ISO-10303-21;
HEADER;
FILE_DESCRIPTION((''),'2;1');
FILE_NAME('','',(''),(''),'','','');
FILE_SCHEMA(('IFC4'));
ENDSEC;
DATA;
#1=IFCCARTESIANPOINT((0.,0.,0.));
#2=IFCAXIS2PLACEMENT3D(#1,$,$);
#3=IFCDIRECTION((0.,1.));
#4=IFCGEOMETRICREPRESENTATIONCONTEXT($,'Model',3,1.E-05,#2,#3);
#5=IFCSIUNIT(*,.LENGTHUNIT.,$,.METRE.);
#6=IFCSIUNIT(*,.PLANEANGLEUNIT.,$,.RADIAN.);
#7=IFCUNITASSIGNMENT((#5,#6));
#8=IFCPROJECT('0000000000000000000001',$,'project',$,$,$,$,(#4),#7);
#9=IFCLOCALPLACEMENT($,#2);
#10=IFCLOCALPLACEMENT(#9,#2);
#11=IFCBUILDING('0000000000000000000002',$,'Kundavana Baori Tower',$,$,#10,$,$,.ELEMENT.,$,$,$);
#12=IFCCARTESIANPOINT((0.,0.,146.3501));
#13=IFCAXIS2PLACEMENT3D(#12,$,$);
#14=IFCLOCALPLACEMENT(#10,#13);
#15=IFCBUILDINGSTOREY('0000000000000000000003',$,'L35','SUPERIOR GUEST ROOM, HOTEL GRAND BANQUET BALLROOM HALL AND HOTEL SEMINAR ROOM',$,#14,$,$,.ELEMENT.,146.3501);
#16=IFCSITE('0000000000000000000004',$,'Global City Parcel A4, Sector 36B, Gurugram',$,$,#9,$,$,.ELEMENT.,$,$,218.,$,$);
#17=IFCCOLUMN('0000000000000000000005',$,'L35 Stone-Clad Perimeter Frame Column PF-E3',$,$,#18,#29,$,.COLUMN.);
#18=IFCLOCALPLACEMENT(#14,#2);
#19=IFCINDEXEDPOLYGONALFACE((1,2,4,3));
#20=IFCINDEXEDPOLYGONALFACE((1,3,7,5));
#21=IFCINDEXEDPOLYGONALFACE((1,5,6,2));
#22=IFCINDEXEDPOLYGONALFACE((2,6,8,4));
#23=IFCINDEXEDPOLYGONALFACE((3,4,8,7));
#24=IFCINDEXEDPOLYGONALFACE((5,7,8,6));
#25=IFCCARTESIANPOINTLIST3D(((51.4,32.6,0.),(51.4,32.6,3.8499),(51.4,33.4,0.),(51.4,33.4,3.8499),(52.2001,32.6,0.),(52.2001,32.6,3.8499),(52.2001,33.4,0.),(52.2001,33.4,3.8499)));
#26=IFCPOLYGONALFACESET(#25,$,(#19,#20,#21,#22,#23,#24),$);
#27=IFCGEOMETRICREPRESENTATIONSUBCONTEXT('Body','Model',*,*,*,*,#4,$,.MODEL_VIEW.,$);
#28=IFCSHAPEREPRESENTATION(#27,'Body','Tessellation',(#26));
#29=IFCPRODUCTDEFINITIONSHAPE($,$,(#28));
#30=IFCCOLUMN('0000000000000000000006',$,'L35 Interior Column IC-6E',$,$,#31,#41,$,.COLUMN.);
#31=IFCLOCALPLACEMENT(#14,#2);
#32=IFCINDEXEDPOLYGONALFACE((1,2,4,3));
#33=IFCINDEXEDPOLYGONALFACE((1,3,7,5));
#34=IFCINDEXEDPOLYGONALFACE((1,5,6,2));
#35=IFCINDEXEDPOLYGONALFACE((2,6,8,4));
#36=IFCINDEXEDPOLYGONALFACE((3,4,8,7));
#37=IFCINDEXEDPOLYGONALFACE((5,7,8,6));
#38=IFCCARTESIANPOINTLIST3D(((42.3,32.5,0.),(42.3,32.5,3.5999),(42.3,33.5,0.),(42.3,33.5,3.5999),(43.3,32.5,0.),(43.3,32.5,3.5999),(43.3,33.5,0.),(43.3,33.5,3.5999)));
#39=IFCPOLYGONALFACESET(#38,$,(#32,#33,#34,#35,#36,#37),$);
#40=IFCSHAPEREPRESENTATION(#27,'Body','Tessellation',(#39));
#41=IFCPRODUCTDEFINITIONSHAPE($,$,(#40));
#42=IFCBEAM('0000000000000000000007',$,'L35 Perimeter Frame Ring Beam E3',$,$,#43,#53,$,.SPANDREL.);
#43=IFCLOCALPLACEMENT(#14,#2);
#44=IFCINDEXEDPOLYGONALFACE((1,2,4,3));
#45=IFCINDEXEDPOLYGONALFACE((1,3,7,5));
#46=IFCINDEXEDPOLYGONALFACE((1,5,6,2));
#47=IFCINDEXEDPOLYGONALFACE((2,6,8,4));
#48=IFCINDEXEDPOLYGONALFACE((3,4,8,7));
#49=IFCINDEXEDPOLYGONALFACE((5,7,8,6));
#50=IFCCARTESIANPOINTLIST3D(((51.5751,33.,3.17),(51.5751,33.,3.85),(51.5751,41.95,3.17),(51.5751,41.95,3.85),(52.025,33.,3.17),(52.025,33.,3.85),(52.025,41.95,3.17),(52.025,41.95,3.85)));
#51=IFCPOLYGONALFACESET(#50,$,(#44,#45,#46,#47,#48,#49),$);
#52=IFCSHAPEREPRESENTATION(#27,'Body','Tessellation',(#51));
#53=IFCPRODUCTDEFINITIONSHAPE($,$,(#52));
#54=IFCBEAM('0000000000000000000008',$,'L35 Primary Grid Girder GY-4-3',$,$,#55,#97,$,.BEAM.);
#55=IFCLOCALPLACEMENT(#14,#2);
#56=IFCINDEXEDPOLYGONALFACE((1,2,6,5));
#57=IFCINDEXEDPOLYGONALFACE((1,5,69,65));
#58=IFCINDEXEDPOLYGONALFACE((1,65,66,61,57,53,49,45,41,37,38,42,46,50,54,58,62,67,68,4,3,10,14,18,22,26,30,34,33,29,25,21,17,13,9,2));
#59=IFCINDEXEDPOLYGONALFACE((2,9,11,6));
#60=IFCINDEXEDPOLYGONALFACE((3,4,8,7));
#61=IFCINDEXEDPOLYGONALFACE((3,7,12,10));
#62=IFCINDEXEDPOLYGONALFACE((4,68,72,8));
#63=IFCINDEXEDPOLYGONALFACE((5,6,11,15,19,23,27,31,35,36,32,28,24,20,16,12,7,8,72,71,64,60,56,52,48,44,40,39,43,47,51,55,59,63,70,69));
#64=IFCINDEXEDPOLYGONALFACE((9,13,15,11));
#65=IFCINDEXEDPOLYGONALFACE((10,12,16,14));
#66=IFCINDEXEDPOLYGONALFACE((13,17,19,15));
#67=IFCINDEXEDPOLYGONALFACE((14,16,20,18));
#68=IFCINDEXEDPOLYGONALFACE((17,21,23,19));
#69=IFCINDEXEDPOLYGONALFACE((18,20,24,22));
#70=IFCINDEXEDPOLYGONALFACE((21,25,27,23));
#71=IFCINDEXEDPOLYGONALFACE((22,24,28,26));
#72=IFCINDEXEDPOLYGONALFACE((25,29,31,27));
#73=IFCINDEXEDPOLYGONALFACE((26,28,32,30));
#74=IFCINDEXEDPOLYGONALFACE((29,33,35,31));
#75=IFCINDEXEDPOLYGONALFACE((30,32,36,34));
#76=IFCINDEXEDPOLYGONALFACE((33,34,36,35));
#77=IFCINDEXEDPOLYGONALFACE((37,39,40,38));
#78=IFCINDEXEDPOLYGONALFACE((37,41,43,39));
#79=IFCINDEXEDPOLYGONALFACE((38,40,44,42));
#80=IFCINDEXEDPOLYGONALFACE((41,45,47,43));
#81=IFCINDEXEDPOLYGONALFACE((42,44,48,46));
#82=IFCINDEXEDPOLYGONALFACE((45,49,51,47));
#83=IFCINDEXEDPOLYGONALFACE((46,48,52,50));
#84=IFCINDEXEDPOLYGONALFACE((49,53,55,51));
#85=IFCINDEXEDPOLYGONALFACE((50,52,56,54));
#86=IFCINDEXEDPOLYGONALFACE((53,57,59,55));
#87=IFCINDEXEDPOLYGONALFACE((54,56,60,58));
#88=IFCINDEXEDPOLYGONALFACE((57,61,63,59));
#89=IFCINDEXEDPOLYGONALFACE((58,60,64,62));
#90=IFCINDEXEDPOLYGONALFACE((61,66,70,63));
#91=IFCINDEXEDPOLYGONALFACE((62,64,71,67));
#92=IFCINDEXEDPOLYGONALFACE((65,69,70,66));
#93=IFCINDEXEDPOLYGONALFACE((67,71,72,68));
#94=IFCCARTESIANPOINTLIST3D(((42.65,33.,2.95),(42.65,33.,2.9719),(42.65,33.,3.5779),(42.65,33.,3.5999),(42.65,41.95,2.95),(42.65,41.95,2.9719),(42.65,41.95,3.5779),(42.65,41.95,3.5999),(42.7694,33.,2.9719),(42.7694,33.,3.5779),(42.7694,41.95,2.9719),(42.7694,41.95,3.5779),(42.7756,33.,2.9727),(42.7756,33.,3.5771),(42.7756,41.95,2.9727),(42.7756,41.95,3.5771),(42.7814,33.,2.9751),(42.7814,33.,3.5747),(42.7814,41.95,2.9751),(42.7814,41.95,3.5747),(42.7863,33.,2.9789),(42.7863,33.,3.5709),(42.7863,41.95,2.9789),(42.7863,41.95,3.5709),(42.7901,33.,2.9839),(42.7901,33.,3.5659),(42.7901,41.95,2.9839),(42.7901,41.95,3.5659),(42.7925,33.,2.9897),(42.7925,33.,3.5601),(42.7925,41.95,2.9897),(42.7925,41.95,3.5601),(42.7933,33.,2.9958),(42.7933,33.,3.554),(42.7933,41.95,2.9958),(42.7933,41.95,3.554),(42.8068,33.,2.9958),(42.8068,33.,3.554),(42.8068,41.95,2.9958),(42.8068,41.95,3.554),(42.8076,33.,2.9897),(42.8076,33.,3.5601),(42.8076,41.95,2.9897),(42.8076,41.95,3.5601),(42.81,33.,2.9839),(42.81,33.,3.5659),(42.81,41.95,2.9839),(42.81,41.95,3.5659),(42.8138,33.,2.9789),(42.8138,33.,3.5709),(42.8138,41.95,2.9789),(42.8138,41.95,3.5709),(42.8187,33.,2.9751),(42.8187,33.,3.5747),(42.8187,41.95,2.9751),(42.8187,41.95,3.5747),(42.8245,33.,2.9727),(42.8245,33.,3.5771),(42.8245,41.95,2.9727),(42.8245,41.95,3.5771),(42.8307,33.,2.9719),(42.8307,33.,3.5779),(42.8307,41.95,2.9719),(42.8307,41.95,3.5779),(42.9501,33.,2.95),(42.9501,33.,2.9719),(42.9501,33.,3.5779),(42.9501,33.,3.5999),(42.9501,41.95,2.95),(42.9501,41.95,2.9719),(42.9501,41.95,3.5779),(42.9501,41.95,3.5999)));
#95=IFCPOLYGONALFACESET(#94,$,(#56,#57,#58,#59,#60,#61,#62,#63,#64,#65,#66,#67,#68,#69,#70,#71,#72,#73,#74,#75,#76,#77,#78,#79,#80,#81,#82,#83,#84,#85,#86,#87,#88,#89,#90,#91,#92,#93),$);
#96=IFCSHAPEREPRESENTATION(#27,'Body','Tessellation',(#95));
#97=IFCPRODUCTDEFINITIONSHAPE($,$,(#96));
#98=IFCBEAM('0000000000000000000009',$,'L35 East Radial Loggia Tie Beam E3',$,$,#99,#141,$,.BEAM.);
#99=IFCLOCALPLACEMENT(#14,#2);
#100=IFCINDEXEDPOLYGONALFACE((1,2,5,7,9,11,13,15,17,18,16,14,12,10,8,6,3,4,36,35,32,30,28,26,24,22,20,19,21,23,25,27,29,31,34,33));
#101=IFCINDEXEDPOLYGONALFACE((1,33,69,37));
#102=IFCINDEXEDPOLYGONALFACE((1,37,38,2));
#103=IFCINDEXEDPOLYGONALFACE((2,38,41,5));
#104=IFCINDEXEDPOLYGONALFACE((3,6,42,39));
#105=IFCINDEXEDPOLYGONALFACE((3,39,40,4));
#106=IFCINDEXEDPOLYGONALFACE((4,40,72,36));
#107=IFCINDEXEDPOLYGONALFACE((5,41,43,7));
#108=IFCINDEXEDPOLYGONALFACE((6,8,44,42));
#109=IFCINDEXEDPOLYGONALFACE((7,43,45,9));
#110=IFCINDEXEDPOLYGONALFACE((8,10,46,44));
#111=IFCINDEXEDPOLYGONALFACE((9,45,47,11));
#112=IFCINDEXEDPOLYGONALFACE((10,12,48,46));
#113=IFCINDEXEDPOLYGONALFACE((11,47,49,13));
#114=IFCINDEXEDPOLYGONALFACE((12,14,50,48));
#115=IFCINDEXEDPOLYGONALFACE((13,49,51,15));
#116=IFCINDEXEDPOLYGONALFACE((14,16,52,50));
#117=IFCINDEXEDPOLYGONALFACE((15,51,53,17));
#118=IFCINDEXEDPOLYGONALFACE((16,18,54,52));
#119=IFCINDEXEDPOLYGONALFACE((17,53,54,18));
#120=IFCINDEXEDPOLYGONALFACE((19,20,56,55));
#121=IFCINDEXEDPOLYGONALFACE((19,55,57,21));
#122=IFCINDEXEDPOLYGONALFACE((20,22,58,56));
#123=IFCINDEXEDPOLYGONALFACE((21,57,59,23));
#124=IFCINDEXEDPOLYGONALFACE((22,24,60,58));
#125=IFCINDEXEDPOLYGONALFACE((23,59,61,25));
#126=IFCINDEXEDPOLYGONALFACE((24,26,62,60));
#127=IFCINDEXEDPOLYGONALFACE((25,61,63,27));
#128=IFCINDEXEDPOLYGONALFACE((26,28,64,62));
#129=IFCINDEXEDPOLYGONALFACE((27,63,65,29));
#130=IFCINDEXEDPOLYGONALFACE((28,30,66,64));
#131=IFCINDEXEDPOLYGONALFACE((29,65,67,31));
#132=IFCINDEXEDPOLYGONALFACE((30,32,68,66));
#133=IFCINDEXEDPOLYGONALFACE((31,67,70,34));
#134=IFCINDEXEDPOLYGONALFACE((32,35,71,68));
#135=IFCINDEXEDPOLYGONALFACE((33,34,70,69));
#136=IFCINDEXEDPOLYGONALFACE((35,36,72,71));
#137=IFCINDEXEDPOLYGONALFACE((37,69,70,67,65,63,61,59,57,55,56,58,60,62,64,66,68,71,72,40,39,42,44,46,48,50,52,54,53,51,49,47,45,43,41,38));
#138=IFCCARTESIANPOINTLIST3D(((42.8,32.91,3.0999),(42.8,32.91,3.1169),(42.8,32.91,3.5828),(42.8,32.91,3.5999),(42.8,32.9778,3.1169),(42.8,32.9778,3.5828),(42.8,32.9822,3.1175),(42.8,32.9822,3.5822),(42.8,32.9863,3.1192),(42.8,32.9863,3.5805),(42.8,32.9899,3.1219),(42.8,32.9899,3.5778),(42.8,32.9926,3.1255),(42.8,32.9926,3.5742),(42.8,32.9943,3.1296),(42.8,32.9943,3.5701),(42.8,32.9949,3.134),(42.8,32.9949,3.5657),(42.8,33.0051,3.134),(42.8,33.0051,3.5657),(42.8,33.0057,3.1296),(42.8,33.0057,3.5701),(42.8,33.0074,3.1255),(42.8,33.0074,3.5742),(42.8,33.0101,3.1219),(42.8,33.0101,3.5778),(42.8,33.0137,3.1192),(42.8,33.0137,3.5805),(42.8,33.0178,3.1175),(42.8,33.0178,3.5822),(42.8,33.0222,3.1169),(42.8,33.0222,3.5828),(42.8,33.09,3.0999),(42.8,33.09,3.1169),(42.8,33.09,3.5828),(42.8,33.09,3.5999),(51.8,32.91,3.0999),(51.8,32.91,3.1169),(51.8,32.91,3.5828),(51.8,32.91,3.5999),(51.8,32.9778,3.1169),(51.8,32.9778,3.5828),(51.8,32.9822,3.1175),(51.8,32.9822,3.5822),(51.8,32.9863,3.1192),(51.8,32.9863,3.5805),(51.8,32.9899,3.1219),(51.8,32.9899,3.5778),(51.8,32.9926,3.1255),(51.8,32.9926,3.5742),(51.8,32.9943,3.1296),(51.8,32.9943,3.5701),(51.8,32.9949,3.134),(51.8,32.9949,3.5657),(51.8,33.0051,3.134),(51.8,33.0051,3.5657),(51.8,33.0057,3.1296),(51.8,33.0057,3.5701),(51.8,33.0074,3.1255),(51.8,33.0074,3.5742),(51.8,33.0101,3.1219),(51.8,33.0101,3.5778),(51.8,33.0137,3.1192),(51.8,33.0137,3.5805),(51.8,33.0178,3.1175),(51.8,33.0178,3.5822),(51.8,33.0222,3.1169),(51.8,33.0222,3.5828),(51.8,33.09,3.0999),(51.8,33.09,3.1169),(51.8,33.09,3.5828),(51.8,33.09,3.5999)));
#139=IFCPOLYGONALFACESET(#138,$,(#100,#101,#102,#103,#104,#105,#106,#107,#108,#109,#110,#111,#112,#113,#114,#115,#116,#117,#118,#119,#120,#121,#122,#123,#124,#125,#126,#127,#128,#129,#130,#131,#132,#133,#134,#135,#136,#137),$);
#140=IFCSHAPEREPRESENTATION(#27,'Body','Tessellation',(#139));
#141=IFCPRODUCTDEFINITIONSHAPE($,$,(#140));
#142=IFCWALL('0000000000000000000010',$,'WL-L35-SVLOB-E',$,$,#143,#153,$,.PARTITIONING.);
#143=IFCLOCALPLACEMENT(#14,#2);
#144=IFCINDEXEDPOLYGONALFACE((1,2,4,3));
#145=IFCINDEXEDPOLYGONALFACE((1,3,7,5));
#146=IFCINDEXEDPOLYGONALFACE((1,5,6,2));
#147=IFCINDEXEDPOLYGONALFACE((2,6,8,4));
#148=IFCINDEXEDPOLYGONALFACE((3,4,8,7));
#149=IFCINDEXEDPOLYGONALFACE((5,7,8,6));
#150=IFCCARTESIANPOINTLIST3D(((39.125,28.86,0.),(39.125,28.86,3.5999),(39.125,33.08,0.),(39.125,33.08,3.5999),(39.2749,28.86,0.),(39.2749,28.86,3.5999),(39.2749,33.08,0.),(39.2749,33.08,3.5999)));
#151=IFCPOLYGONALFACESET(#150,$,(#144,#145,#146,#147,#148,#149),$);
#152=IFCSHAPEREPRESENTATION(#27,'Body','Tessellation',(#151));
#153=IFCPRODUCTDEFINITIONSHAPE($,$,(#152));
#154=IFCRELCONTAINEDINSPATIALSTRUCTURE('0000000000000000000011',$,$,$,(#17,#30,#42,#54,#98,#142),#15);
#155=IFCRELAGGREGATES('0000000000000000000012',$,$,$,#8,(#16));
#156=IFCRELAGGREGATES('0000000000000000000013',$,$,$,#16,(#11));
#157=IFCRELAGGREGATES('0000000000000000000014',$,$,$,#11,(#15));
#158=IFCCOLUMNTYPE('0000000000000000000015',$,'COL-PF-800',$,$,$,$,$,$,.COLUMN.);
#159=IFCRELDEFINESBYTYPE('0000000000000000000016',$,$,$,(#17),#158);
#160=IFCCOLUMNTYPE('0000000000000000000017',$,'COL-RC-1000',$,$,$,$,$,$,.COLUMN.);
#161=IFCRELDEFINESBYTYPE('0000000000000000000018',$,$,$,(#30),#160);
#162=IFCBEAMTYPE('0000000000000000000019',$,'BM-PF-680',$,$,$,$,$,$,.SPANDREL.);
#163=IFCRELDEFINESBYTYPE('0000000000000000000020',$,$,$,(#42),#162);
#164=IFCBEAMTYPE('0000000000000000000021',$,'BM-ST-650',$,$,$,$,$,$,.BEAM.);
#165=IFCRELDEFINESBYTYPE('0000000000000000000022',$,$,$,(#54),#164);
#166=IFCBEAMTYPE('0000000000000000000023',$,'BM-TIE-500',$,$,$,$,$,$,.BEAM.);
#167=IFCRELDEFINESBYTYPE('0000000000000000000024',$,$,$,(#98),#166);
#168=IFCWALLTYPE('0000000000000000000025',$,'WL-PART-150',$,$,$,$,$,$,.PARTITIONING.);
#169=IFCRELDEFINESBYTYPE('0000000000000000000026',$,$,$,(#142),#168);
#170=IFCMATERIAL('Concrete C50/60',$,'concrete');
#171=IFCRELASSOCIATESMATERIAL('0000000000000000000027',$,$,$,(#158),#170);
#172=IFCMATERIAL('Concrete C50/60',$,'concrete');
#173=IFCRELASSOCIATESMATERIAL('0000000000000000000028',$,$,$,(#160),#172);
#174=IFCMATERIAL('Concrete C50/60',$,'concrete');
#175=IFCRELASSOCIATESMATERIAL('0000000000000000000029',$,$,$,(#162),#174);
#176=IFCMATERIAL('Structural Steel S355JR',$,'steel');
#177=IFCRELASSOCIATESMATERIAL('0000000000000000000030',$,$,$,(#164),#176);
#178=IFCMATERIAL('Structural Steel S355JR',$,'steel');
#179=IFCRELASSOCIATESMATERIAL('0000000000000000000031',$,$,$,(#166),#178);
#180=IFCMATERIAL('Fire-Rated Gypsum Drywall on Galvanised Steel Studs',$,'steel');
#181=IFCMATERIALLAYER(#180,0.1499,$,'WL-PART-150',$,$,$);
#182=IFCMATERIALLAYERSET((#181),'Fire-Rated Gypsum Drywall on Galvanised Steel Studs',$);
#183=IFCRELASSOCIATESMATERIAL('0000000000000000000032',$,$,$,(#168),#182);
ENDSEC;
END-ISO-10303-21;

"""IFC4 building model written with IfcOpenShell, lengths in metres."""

from ifc_helpers import new_model, si_unit, direction, frame, frame_2d, origin, origin_2d, place, context, subcontext, project, spatial, rectangle, i_section, extrude, material, layer, layer_set, material_profile, profile_set, type_object, element, save


model = new_model("IFC4")

# Units and contexts
model_context = context("Model", 3, precision=1e-05, world=origin(), true_north=direction((0.0, 1.0)))
body_context = subcontext(model_context, "Body", "Model", "MODEL_VIEW")
ifc_project = project(units=[si_unit("LENGTHUNIT", "METRE"), si_unit("PLANEANGLEUNIT", "RADIAN")], contexts=[model_context])

# Site, building, storey
site_placement = place(None, origin())
site = spatial("IfcSite", under=ifc_project, at=site_placement, Name="Global City Parcel A4, Sector 36B, Gurugram", CompositionType="ELEMENT", RefElevation=218.0)
building_placement = place(site_placement, origin())
building = spatial("IfcBuilding", under=site, at=building_placement, Name="Kundavana Baori Tower", CompositionType="ELEMENT")
storey_placement = place(building_placement, frame((0.0, 0.0, 146.3501)))
storey = spatial("IfcBuildingStorey", under=building, at=storey_placement, Name="L35", Description="SUPERIOR GUEST ROOM, HOTEL GRAND BANQUET BALLROOM HALL AND HOTEL SEMINAR ROOM", CompositionType="ELEMENT", Elevation=146.3501)

# Columns
ifc_material_1 = material(Name="Concrete C50/60", Category="concrete")
ifc_material_profile_1 = material_profile(ifc_material_1, rectangle(XDim=0.8, YDim=0.8, at=origin_2d()), Name="RC PF 800x800")
ifc_profile_set_1 = profile_set([ifc_material_profile_1], Name="Concrete C50/60")
column_type_1 = type_object("IfcColumnType", Name="COL-PF-800", PredefinedType="COLUMN", material=ifc_profile_set_1)
column_1_placement = place(storey_placement, frame((51.8, 33.0, 0.0), z_axis=(0.0, 0.0, 1.0), x_axis=(1.0, 0.0, 0.0)))
element("IfcColumn", 1, at=column_1_placement, inside=storey, type_object=column_type_1, Name="L35 Stone-Clad Perimeter Frame Column PF-E3", PredefinedType="COLUMN", context=body_context, shape_type="SweptSolid", body=[
    extrude(rectangle(XDim=0.8, YDim=0.8, at=origin_2d()), origin(), (0.0, 0.0, 1.0), 3.8499),
])
ifc_material_2 = material(Name="Concrete C50/60", Category="concrete")
ifc_material_profile_2 = material_profile(ifc_material_2, rectangle(XDim=1.0, YDim=1.0, at=origin_2d()), Name="RC 1000x1000")
ifc_profile_set_2 = profile_set([ifc_material_profile_2], Name="Concrete C50/60")
column_type_2 = type_object("IfcColumnType", Name="COL-RC-1000", PredefinedType="COLUMN", material=ifc_profile_set_2)
column_2_placement = place(storey_placement, frame((42.8, 33.0, 0.0), z_axis=(0.0, 0.0, 1.0), x_axis=(1.0, 0.0, 0.0)))
element("IfcColumn", 2, at=column_2_placement, inside=storey, type_object=column_type_2, Name="L35 Interior Column IC-6E", PredefinedType="COLUMN", context=body_context, shape_type="SweptSolid", body=[
    extrude(rectangle(XDim=1.0, YDim=1.0, at=origin_2d()), origin(), (0.0, 0.0, 1.0), 3.5999),
])

# Beams
ifc_material_3 = material(Name="Concrete C50/60", Category="concrete")
ifc_material_profile_3 = material_profile(ifc_material_3, rectangle(XDim=0.45, YDim=0.6799, at=origin_2d()), Name="RC BM 450x680")
ifc_profile_set_3 = profile_set([ifc_material_profile_3], Name="Concrete C50/60")
beam_type_1 = type_object("IfcBeamType", Name="BM-PF-680", PredefinedType="SPANDREL", material=ifc_profile_set_3)
beam_1_placement = place(storey_placement, frame((51.8, 33.0, 3.51), z_axis=(0.0, 1.0, 0.0), x_axis=(-1.0, 0.0, 0.0)))
element("IfcBeam", 3, at=beam_1_placement, inside=storey, type_object=beam_type_1, Name="L35 Perimeter Frame Ring Beam E3", PredefinedType="SPANDREL", context=body_context, shape_type="SweptSolid", body=[
    extrude(rectangle(XDim=0.45, YDim=0.6799, at=origin_2d()), origin(), (0.0, 0.0, 1.0), 8.95),
])
ifc_material_4 = material(Name="Structural Steel S355JR", Category="steel")
ifc_material_profile_4 = material_profile(ifc_material_4, i_section(OverallWidth=0.3, OverallDepth=0.6499, WebThickness=0.0134, FlangeThickness=0.022, FilletRadius=0.0239, at=origin_2d()), Name="NPB 650x300x155")
ifc_profile_set_4 = profile_set([ifc_material_profile_4], Name="Structural Steel S355JR")
beam_type_2 = type_object("IfcBeamType", Name="BM-ST-650", PredefinedType="BEAM", material=ifc_profile_set_4)
beam_2_placement = place(storey_placement, frame((42.8, 33.0, 3.2749), z_axis=(0.0, 1.0, 0.0), x_axis=(-1.0, 0.0, 0.0)))
element("IfcBeam", 4, at=beam_2_placement, inside=storey, type_object=beam_type_2, Name="L35 Primary Grid Girder GY-4-3", PredefinedType="BEAM", context=body_context, shape_type="SweptSolid", body=[
    extrude(i_section(OverallWidth=0.3, OverallDepth=0.6499, WebThickness=0.0134, FlangeThickness=0.022, FilletRadius=0.0239, at=origin_2d()), origin(), (0.0, 0.0, 1.0), 8.95),
])
ifc_material_5 = material(Name="Structural Steel S355JR", Category="steel")
ifc_material_profile_5 = material_profile(ifc_material_5, i_section(OverallWidth=0.1799, OverallDepth=0.5, WebThickness=0.0103, FlangeThickness=0.0171, FilletRadius=0.0171, at=origin_2d()), Name="ISMB 500")
ifc_profile_set_5 = profile_set([ifc_material_profile_5], Name="Structural Steel S355JR")
beam_type_3 = type_object("IfcBeamType", Name="BM-TIE-500", PredefinedType="BEAM", material=ifc_profile_set_5)
beam_3_placement = place(storey_placement, frame((42.8, 33.0, 3.3499), z_axis=(1.0, 0.0, 0.0), x_axis=(0.0, 1.0, 0.0)))
element("IfcBeam", 5, at=beam_3_placement, inside=storey, type_object=beam_type_3, Name="L35 East Radial Loggia Tie Beam E3", PredefinedType="BEAM", context=body_context, shape_type="SweptSolid", body=[
    extrude(i_section(OverallWidth=0.1799, OverallDepth=0.5, WebThickness=0.0103, FlangeThickness=0.0171, FilletRadius=0.0171, at=origin_2d()), origin(), (0.0, 0.0, 1.0), 9.0),
])

# Wall
ifc_material_6 = material(Name="Fire-Rated Gypsum Drywall on Galvanised Steel Studs", Category="steel")
ifc_layer_1 = layer(ifc_material_6, 0.1499, Name="WL-PART-150")
ifc_layer_set_1 = layer_set([ifc_layer_1], Name="Fire-Rated Gypsum Drywall on Galvanised Steel Studs")
wall_type_1 = type_object("IfcWallType", Name="WL-PART-150", PredefinedType="PARTITIONING", material=ifc_layer_set_1)
wall_1_placement = place(storey_placement, frame((39.2, 28.8601, 0.0), z_axis=(0.0, 0.0, 1.0), x_axis=(0.0, 1.0, 0.0)))
element("IfcWall", 6, at=wall_1_placement, inside=storey, type_object=wall_type_1, Name="WL-L35-SVLOB-E", PredefinedType="PARTITIONING", context=body_context, shape_type="SweptSolid", body=[
    extrude(rectangle(XDim=4.22, YDim=0.1499, at=frame_2d((2.1099, 0.0))), origin(), (0.0, 0.0, 1.0), 3.5999),
])

save(model, "model.ifc")
